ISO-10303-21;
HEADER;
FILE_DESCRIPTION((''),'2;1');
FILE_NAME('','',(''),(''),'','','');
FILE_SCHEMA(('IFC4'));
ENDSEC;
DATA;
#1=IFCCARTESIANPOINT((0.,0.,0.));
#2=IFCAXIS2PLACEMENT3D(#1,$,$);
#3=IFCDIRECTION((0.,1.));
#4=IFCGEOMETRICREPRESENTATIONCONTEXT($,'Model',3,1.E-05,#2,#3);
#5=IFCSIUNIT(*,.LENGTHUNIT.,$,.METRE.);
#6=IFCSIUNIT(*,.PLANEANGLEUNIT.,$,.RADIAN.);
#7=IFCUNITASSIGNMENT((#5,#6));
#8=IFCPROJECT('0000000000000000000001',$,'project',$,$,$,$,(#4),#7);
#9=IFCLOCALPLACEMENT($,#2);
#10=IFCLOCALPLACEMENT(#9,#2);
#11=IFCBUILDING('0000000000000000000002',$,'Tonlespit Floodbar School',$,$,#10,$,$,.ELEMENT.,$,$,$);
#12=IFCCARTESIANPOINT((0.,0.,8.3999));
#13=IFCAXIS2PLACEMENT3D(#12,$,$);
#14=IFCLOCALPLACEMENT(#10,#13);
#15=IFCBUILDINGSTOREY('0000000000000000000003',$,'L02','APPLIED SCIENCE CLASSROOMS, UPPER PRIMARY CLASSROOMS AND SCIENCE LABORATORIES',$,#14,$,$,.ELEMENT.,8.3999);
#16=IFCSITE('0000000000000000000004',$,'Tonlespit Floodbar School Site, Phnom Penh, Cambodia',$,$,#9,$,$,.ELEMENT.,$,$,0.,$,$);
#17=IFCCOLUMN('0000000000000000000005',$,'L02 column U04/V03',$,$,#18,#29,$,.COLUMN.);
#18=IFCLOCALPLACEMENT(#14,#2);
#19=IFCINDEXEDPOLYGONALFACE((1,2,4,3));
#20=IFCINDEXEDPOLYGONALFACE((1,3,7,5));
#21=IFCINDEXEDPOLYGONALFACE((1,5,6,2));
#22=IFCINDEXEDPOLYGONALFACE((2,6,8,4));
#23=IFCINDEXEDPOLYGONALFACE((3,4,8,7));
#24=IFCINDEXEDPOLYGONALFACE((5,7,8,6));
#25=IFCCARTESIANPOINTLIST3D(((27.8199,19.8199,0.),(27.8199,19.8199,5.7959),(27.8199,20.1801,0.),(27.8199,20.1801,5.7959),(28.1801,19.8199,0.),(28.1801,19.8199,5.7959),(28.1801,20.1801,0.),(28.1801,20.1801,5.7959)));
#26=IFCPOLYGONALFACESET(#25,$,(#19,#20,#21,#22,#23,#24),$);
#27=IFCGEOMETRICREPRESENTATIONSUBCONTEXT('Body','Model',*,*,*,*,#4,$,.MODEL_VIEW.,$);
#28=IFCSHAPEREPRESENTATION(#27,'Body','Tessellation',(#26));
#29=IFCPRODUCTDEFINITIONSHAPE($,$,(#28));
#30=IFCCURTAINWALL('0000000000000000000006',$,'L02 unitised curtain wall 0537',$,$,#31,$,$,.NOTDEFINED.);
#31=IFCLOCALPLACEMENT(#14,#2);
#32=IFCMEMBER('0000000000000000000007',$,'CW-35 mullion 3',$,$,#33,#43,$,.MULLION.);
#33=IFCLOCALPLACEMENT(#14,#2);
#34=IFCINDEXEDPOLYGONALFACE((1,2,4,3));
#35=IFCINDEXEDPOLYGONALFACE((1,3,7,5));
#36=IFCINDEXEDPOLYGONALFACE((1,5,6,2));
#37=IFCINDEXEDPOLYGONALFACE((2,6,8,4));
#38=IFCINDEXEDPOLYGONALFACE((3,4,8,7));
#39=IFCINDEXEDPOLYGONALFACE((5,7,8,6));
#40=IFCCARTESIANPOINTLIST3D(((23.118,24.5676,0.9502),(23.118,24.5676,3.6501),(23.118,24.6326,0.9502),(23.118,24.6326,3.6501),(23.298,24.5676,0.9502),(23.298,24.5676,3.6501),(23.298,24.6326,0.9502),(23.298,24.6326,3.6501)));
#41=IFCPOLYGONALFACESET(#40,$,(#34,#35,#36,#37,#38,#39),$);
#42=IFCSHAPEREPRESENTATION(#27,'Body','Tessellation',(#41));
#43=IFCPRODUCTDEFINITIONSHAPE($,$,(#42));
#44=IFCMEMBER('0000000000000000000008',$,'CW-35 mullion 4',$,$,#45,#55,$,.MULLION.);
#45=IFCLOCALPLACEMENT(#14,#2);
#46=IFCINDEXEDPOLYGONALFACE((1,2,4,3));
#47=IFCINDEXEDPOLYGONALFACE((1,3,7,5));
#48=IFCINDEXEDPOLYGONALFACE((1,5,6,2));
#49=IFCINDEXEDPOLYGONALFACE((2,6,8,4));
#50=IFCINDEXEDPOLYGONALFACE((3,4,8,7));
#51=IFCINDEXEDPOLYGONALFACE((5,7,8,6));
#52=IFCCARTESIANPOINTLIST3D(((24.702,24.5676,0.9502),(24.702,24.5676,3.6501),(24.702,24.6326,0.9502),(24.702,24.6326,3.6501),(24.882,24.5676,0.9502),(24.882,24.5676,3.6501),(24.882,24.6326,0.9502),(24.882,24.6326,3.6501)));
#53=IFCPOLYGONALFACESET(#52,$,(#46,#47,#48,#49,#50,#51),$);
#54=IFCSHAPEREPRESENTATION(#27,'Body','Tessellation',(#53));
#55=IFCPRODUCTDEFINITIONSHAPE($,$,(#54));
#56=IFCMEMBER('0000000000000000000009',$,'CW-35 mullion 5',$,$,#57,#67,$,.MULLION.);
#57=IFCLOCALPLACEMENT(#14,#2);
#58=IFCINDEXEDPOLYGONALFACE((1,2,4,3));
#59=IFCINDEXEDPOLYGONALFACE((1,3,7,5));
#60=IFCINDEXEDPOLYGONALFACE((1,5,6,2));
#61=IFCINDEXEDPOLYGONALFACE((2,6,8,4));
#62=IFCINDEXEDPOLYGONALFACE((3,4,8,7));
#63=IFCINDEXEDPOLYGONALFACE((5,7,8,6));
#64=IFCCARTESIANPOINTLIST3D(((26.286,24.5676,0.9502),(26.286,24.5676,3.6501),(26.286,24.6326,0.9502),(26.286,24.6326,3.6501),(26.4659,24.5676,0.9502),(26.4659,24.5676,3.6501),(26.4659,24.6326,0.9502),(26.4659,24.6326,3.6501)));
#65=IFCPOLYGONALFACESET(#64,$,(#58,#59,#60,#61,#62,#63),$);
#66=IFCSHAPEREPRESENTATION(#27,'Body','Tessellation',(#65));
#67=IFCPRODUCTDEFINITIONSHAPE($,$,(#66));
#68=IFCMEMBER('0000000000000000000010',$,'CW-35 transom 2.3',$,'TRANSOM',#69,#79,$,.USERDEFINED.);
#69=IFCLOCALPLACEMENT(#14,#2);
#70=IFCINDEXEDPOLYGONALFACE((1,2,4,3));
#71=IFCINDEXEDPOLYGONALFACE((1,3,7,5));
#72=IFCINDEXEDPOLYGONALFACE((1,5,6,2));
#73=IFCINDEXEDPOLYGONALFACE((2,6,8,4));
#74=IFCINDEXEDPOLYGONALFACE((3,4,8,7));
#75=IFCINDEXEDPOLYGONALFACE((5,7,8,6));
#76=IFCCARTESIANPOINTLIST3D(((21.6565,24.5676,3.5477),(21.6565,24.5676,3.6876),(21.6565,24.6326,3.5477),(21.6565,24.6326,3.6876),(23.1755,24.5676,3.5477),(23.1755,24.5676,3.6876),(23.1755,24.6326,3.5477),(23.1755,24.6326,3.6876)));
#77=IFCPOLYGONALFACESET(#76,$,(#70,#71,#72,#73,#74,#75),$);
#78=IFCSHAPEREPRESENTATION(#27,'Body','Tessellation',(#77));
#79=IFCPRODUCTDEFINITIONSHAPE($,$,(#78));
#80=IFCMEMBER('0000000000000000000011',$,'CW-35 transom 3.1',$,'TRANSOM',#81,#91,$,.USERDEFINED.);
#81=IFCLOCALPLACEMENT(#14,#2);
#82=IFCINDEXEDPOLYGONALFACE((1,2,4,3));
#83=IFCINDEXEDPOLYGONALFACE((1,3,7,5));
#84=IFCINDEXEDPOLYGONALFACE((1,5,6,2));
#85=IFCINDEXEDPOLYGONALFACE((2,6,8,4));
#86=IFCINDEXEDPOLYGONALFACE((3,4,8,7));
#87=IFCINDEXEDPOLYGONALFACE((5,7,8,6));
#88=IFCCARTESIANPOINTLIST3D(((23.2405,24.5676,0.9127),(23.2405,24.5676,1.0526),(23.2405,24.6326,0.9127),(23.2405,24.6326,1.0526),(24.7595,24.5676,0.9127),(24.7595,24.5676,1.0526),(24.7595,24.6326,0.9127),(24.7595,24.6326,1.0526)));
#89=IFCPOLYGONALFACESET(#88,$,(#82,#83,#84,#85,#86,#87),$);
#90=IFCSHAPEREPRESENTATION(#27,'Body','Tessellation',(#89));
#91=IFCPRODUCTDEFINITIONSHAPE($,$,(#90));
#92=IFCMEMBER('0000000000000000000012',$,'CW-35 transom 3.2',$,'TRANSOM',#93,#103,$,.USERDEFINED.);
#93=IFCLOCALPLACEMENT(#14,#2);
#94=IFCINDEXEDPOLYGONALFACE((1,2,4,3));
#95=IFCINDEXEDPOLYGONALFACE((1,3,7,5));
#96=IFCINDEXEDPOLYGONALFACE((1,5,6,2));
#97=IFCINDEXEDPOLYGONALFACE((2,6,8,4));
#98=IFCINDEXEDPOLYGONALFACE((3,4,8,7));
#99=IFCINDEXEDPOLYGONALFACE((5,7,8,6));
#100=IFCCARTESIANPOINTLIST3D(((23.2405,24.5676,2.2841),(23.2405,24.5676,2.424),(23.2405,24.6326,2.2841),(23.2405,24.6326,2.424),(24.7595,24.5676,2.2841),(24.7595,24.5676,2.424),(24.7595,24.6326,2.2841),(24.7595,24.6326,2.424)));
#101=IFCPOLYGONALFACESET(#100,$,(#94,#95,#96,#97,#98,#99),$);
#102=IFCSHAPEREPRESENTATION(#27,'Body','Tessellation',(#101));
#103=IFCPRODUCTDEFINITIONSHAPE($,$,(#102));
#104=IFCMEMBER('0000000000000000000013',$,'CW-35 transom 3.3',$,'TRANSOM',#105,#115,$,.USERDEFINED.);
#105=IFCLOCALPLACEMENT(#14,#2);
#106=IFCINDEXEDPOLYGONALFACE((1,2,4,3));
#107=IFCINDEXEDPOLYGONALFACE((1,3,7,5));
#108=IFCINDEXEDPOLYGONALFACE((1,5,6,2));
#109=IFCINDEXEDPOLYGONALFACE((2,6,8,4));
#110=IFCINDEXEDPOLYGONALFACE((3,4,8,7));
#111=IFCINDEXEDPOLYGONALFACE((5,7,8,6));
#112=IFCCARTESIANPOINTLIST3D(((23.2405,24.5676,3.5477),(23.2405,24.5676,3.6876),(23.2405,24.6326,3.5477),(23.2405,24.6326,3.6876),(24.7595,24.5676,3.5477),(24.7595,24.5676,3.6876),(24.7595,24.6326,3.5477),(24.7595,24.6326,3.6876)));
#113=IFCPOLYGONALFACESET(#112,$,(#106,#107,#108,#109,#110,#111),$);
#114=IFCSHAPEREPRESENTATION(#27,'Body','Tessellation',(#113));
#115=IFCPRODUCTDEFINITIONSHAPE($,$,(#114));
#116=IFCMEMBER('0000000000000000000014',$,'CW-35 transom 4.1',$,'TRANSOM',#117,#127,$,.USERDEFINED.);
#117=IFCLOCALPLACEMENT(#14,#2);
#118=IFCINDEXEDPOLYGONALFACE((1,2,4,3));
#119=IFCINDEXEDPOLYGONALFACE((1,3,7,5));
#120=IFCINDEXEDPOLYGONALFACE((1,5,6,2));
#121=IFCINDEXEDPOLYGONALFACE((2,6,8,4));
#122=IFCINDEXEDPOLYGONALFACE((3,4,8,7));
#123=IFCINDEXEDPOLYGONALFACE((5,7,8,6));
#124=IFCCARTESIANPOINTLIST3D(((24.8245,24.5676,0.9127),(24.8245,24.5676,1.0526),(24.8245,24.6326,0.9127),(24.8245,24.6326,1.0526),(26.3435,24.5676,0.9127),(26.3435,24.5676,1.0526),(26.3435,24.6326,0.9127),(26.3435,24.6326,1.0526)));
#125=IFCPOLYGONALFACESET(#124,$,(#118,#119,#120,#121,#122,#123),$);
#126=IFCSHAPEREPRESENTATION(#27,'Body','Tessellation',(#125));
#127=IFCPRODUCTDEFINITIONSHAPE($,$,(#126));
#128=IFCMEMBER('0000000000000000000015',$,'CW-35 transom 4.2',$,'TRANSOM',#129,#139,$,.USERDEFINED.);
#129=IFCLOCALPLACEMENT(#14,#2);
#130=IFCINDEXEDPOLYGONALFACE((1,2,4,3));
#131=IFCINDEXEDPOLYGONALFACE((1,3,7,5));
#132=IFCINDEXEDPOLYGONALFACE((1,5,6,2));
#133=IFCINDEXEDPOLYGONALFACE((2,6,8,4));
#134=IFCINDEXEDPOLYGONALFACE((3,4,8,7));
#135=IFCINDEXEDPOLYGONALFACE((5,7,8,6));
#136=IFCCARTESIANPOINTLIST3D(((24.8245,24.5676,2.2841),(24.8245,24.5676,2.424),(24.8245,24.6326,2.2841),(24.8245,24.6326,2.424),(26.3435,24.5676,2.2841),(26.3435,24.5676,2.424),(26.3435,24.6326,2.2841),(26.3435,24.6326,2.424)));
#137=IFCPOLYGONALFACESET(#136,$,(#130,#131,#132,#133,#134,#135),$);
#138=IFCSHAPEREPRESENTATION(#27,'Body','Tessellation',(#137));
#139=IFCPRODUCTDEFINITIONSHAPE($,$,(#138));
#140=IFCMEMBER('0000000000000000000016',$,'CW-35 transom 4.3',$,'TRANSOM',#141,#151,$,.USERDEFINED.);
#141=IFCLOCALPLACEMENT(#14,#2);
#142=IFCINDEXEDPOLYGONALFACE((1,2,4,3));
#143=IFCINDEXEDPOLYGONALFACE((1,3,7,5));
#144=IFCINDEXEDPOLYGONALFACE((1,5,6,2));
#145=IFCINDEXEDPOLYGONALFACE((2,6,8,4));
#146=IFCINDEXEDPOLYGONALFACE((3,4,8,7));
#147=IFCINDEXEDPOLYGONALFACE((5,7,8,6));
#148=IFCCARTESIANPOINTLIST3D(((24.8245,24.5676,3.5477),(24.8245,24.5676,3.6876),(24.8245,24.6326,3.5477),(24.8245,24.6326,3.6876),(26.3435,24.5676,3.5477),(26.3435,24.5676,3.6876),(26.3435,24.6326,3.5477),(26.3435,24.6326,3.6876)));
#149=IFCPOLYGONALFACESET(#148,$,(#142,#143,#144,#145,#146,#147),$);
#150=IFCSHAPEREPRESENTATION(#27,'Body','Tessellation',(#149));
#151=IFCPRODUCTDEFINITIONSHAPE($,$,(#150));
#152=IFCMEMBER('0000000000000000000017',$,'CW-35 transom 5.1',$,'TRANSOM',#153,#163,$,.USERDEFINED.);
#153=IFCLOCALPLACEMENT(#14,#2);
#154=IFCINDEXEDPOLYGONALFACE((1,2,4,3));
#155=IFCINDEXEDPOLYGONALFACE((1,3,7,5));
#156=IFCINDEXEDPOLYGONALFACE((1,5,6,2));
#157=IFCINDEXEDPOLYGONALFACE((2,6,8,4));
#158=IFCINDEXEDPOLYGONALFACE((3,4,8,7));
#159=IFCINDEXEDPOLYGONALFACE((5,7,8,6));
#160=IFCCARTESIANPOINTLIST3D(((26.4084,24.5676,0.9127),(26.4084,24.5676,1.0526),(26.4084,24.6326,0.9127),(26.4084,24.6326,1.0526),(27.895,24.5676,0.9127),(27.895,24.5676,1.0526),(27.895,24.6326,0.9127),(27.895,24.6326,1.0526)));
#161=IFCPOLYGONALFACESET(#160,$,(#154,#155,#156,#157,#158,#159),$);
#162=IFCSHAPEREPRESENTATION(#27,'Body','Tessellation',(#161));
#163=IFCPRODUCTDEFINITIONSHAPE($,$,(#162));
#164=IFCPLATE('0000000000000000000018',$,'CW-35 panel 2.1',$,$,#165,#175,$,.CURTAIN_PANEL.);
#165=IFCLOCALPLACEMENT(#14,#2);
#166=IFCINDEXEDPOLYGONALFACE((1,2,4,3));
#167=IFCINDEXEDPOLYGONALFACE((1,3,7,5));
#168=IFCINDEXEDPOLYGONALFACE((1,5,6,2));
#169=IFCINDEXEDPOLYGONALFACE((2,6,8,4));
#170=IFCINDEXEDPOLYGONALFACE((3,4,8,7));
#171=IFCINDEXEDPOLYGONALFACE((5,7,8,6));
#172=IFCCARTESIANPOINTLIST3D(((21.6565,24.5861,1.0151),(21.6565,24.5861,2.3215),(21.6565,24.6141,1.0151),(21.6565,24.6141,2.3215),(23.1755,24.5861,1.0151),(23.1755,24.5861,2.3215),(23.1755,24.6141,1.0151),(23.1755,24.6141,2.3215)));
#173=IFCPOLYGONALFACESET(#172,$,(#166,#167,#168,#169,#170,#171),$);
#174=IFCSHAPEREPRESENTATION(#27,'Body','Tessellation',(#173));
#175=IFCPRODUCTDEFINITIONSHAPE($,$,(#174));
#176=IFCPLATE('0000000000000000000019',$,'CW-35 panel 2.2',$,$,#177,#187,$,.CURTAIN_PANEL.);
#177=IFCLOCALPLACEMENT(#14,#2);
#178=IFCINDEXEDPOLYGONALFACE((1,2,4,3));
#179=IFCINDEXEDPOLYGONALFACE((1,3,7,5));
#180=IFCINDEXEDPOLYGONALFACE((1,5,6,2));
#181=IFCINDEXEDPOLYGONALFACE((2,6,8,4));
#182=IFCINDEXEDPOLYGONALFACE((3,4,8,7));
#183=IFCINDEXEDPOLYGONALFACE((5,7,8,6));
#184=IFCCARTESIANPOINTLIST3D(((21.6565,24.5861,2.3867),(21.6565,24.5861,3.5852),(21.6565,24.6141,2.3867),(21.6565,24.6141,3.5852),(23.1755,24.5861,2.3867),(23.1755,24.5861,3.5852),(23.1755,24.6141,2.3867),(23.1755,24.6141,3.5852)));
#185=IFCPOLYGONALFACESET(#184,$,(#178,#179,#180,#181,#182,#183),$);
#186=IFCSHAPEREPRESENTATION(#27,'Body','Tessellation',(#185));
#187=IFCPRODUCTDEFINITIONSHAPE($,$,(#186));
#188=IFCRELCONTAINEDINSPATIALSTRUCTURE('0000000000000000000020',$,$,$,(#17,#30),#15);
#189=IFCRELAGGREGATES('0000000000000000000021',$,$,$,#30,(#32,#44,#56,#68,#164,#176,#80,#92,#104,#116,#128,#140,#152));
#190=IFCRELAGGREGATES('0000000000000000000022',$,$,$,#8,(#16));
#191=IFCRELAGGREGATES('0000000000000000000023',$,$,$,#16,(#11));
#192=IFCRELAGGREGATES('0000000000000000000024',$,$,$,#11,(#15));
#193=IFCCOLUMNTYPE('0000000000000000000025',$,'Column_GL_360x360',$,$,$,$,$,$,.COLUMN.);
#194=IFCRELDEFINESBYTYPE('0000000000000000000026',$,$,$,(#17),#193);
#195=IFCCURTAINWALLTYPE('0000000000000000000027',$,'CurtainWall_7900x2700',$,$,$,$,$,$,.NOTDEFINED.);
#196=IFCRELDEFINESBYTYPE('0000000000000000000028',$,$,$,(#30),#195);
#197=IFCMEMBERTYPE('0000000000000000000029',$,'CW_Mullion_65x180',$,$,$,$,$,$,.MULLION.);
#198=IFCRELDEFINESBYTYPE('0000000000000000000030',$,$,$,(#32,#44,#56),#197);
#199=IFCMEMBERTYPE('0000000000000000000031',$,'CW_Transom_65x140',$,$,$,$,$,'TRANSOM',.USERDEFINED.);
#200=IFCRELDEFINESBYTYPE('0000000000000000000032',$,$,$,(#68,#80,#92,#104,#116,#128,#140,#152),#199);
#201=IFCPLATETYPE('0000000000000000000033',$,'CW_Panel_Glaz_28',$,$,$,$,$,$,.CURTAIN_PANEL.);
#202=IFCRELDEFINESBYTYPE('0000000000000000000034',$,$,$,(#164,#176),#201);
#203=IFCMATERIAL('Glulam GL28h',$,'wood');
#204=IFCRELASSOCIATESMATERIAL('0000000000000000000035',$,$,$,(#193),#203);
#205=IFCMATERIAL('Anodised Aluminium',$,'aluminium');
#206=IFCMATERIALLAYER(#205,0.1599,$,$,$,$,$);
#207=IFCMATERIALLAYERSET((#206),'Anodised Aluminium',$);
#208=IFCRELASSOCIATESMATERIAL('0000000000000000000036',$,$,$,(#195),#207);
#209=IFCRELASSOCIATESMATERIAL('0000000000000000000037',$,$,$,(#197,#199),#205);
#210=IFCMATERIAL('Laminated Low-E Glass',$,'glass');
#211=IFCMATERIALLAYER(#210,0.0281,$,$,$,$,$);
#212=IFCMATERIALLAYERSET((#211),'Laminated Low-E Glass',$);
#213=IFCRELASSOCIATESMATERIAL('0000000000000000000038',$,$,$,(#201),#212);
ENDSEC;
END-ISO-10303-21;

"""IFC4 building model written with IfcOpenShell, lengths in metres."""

from ifc_helpers import new_model, si_unit, direction, frame, origin, origin_2d, place, context, subcontext, project, spatial, rectangle, extrude, material, layer, layer_set, material_profile, profile_set, type_object, element, aggregate, save


model = new_model("IFC4")

# Units and contexts
model_context = context("Model", 3, precision=1e-05, world=origin(), true_north=direction((0.0, 1.0)))
body_context = subcontext(model_context, "Body", "Model", "MODEL_VIEW")
ifc_project = project(units=[si_unit("LENGTHUNIT", "METRE"), si_unit("PLANEANGLEUNIT", "RADIAN")], contexts=[model_context])

# Site, building, storey
site_placement = place(None, origin())
site = spatial("IfcSite", under=ifc_project, at=site_placement, Name="Tonlespit Floodbar School Site, Phnom Penh, Cambodia", CompositionType="ELEMENT", RefElevation=0.0)
building_placement = place(site_placement, origin())
building = spatial("IfcBuilding", under=site, at=building_placement, Name="Tonlespit Floodbar School", CompositionType="ELEMENT")
storey_placement = place(building_placement, frame((0.0, 0.0, 8.3999)))
storey = spatial("IfcBuildingStorey", under=building, at=storey_placement, Name="L02", Description="APPLIED SCIENCE CLASSROOMS, UPPER PRIMARY CLASSROOMS AND SCIENCE LABORATORIES", CompositionType="ELEMENT", Elevation=8.3999)

# Column
ifc_material_1 = material(Name="Glulam GL28h", Category="wood")
ifc_material_profile_1 = material_profile(ifc_material_1, rectangle(XDim=0.3601, YDim=0.3601, at=origin_2d()), Name="GL 360x360")
ifc_profile_set_1 = profile_set([ifc_material_profile_1], Name="Glulam GL28h")
column_type = type_object("IfcColumnType", Name="Column_GL_360x360", PredefinedType="COLUMN", material=ifc_profile_set_1)
column_placement = place(storey_placement, frame((28.0, 20.0, 0.0), z_axis=(0.0, 0.0, 1.0), x_axis=(1.0, 0.0, 0.0)))
element("IfcColumn", 1, at=column_placement, inside=storey, type_object=column_type, Name="L02 column U04/V03", PredefinedType="COLUMN", context=body_context, shape_type="SweptSolid", body=[
    extrude(rectangle(XDim=0.3601, YDim=0.3601, at=origin_2d()), origin(), (0.0, 0.0, 1.0), 5.7959),
])

# Curtain wall, members, plates
ifc_material_2 = material(Name="Anodised Aluminium", Category="aluminium")
ifc_layer_1 = layer(ifc_material_2, 0.1599)
ifc_layer_set_1 = layer_set([ifc_layer_1], Name="Anodised Aluminium")
curtain_wall_type = type_object("IfcCurtainWallType", Name="CurtainWall_7900x2700", PredefinedType="NOTDEFINED", material=ifc_layer_set_1)
curtain_wall_placement = place(storey_placement, origin())
curtain_wall = element("IfcCurtainWall", 2, at=curtain_wall_placement, inside=storey, type_object=curtain_wall_type, Name="L02 unitised curtain wall 0537", PredefinedType="NOTDEFINED")
ifc_material_profile_2 = material_profile(ifc_material_2, rectangle(XDim=0.0649, YDim=0.1799, at=origin_2d()), Name="ALU M65x180")
ifc_profile_set_2 = profile_set([ifc_material_profile_2], Name="Anodised Aluminium")
member_type_1 = type_object("IfcMemberType", Name="CW_Mullion_65x180", PredefinedType="MULLION", material=ifc_profile_set_2)
member_1_placement = place(storey_placement, frame((23.208, 24.6001, 0.9502), z_axis=(0.0, 0.0, 1.0), x_axis=(0.0, 1.0, 0.0)))
member_1 = element("IfcMember", 3, at=member_1_placement, type_object=member_type_1, Name="CW-35 mullion 3", PredefinedType="MULLION", context=body_context, shape_type="SweptSolid", body=[
    extrude(rectangle(XDim=0.0649, YDim=0.1799, at=origin_2d()), origin(), (0.0, 0.0, 1.0), 2.7),
])
member_2_placement = place(storey_placement, frame((24.792, 24.6001, 0.9502), z_axis=(0.0, 0.0, 1.0), x_axis=(0.0, 1.0, 0.0)))
member_2 = element("IfcMember", 4, at=member_2_placement, type_object=member_type_1, Name="CW-35 mullion 4", PredefinedType="MULLION", context=body_context, shape_type="SweptSolid", body=[
    extrude(rectangle(XDim=0.0649, YDim=0.1799, at=origin_2d()), origin(), (0.0, 0.0, 1.0), 2.7),
])
member_3_placement = place(storey_placement, frame((26.376, 24.6001, 0.9502), z_axis=(0.0, 0.0, 1.0), x_axis=(0.0, 1.0, 0.0)))
member_3 = element("IfcMember", 5, at=member_3_placement, type_object=member_type_1, Name="CW-35 mullion 5", PredefinedType="MULLION", context=body_context, shape_type="SweptSolid", body=[
    extrude(rectangle(XDim=0.0649, YDim=0.1799, at=origin_2d()), origin(), (0.0, 0.0, 1.0), 2.7),
])
ifc_material_profile_3 = material_profile(ifc_material_2, rectangle(XDim=0.0649, YDim=0.1399, at=origin_2d()), Name="ALU T65x140")
ifc_profile_set_3 = profile_set([ifc_material_profile_3], Name="Anodised Aluminium")
member_type_2 = type_object("IfcMemberType", Name="CW_Transom_65x140", ElementType="TRANSOM", PredefinedType="USERDEFINED", material=ifc_profile_set_3)
member_4_placement = place(storey_placement, frame((21.6565, 24.6001, 3.6177), z_axis=(1.0, 0.0, 0.0), x_axis=(0.0, 1.0, 0.0)))
member_4 = element("IfcMember", 6, at=member_4_placement, type_object=member_type_2, Name="CW-35 transom 2.3", ObjectType="TRANSOM", PredefinedType="USERDEFINED", context=body_context, shape_type="SweptSolid", body=[
    extrude(rectangle(XDim=0.0649, YDim=0.1399, at=origin_2d()), origin(), (0.0, 0.0, 1.0), 1.519),
])
member_5_placement = place(storey_placement, frame((23.2405, 24.6001, 0.9827), z_axis=(1.0, 0.0, 0.0), x_axis=(0.0, 1.0, 0.0)))
member_5 = element("IfcMember", 7, at=member_5_placement, type_object=member_type_2, Name="CW-35 transom 3.1", ObjectType="TRANSOM", PredefinedType="USERDEFINED", context=body_context, shape_type="SweptSolid", body=[
    extrude(rectangle(XDim=0.0649, YDim=0.1399, at=origin_2d()), origin(), (0.0, 0.0, 1.0), 1.519),
])
member_6_placement = place(storey_placement, frame((23.2405, 24.6001, 2.354), z_axis=(1.0, 0.0, 0.0), x_axis=(0.0, 1.0, 0.0)))
member_6 = element("IfcMember", 8, at=member_6_placement, type_object=member_type_2, Name="CW-35 transom 3.2", ObjectType="TRANSOM", PredefinedType="USERDEFINED", context=body_context, shape_type="SweptSolid", body=[
    extrude(rectangle(XDim=0.0649, YDim=0.1399, at=origin_2d()), origin(), (0.0, 0.0, 1.0), 1.519),
])
member_7_placement = place(storey_placement, frame((23.2405, 24.6001, 3.6177), z_axis=(1.0, 0.0, 0.0), x_axis=(0.0, 1.0, 0.0)))
member_7 = element("IfcMember", 9, at=member_7_placement, type_object=member_type_2, Name="CW-35 transom 3.3", ObjectType="TRANSOM", PredefinedType="USERDEFINED", context=body_context, shape_type="SweptSolid", body=[
    extrude(rectangle(XDim=0.0649, YDim=0.1399, at=origin_2d()), origin(), (0.0, 0.0, 1.0), 1.519),
])
member_8_placement = place(storey_placement, frame((24.8245, 24.6001, 0.9827), z_axis=(1.0, 0.0, 0.0), x_axis=(0.0, 1.0, 0.0)))
member_8 = element("IfcMember", 10, at=member_8_placement, type_object=member_type_2, Name="CW-35 transom 4.1", ObjectType="TRANSOM", PredefinedType="USERDEFINED", context=body_context, shape_type="SweptSolid", body=[
    extrude(rectangle(XDim=0.0649, YDim=0.1399, at=origin_2d()), origin(), (0.0, 0.0, 1.0), 1.519),
])
member_9_placement = place(storey_placement, frame((24.8245, 24.6001, 2.354), z_axis=(1.0, 0.0, 0.0), x_axis=(0.0, 1.0, 0.0)))
member_9 = element("IfcMember", 11, at=member_9_placement, type_object=member_type_2, Name="CW-35 transom 4.2", ObjectType="TRANSOM", PredefinedType="USERDEFINED", context=body_context, shape_type="SweptSolid", body=[
    extrude(rectangle(XDim=0.0649, YDim=0.1399, at=origin_2d()), origin(), (0.0, 0.0, 1.0), 1.519),
])
member_10_placement = place(storey_placement, frame((24.8245, 24.6001, 3.6177), z_axis=(1.0, 0.0, 0.0), x_axis=(0.0, 1.0, 0.0)))
member_10 = element("IfcMember", 12, at=member_10_placement, type_object=member_type_2, Name="CW-35 transom 4.3", ObjectType="TRANSOM", PredefinedType="USERDEFINED", context=body_context, shape_type="SweptSolid", body=[
    extrude(rectangle(XDim=0.0649, YDim=0.1399, at=origin_2d()), origin(), (0.0, 0.0, 1.0), 1.519),
])
member_11_placement = place(storey_placement, frame((26.4084, 24.6001, 0.9827), z_axis=(1.0, 0.0, 0.0), x_axis=(0.0, 1.0, 0.0)))
member_11 = element("IfcMember", 13, at=member_11_placement, type_object=member_type_2, Name="CW-35 transom 5.1", ObjectType="TRANSOM", PredefinedType="USERDEFINED", context=body_context, shape_type="SweptSolid", body=[
    extrude(rectangle(XDim=0.0649, YDim=0.1399, at=origin_2d()), origin(), (0.0, 0.0, 1.0), 1.4866),
])
ifc_material_3 = material(Name="Laminated Low-E Glass", Category="glass")
ifc_layer_2 = layer(ifc_material_3, 0.0281)
ifc_layer_set_2 = layer_set([ifc_layer_2], Name="Laminated Low-E Glass")
plate_type = type_object("IfcPlateType", Name="CW_Panel_Glaz_28", PredefinedType="CURTAIN_PANEL", material=ifc_layer_set_2)
plate_1_placement = place(storey_placement, frame((22.416, 24.6001, 1.0151), z_axis=(0.0, 0.0, 1.0), x_axis=(1.0, 0.0, 0.0)))
plate_1 = element("IfcPlate", 14, at=plate_1_placement, type_object=plate_type, Name="CW-35 panel 2.1", PredefinedType="CURTAIN_PANEL", context=body_context, shape_type="SweptSolid", body=[
    extrude(rectangle(XDim=1.519, YDim=0.0281, at=origin_2d()), origin(), (0.0, 0.0, 1.0), 1.3064),
])
plate_2_placement = place(storey_placement, frame((22.416, 24.6001, 2.3867), z_axis=(0.0, 0.0, 1.0), x_axis=(1.0, 0.0, 0.0)))
plate_2 = element("IfcPlate", 15, at=plate_2_placement, type_object=plate_type, Name="CW-35 panel 2.2", PredefinedType="CURTAIN_PANEL", context=body_context, shape_type="SweptSolid", body=[
    extrude(rectangle(XDim=1.519, YDim=0.0281, at=origin_2d()), origin(), (0.0, 0.0, 1.0), 1.1985),
])
aggregate(curtain_wall, [member_1, member_2, member_3, member_4, plate_1, plate_2, member_5, member_6, member_7, member_8, member_9, member_10, member_11])

save(model, "model.ifc")
